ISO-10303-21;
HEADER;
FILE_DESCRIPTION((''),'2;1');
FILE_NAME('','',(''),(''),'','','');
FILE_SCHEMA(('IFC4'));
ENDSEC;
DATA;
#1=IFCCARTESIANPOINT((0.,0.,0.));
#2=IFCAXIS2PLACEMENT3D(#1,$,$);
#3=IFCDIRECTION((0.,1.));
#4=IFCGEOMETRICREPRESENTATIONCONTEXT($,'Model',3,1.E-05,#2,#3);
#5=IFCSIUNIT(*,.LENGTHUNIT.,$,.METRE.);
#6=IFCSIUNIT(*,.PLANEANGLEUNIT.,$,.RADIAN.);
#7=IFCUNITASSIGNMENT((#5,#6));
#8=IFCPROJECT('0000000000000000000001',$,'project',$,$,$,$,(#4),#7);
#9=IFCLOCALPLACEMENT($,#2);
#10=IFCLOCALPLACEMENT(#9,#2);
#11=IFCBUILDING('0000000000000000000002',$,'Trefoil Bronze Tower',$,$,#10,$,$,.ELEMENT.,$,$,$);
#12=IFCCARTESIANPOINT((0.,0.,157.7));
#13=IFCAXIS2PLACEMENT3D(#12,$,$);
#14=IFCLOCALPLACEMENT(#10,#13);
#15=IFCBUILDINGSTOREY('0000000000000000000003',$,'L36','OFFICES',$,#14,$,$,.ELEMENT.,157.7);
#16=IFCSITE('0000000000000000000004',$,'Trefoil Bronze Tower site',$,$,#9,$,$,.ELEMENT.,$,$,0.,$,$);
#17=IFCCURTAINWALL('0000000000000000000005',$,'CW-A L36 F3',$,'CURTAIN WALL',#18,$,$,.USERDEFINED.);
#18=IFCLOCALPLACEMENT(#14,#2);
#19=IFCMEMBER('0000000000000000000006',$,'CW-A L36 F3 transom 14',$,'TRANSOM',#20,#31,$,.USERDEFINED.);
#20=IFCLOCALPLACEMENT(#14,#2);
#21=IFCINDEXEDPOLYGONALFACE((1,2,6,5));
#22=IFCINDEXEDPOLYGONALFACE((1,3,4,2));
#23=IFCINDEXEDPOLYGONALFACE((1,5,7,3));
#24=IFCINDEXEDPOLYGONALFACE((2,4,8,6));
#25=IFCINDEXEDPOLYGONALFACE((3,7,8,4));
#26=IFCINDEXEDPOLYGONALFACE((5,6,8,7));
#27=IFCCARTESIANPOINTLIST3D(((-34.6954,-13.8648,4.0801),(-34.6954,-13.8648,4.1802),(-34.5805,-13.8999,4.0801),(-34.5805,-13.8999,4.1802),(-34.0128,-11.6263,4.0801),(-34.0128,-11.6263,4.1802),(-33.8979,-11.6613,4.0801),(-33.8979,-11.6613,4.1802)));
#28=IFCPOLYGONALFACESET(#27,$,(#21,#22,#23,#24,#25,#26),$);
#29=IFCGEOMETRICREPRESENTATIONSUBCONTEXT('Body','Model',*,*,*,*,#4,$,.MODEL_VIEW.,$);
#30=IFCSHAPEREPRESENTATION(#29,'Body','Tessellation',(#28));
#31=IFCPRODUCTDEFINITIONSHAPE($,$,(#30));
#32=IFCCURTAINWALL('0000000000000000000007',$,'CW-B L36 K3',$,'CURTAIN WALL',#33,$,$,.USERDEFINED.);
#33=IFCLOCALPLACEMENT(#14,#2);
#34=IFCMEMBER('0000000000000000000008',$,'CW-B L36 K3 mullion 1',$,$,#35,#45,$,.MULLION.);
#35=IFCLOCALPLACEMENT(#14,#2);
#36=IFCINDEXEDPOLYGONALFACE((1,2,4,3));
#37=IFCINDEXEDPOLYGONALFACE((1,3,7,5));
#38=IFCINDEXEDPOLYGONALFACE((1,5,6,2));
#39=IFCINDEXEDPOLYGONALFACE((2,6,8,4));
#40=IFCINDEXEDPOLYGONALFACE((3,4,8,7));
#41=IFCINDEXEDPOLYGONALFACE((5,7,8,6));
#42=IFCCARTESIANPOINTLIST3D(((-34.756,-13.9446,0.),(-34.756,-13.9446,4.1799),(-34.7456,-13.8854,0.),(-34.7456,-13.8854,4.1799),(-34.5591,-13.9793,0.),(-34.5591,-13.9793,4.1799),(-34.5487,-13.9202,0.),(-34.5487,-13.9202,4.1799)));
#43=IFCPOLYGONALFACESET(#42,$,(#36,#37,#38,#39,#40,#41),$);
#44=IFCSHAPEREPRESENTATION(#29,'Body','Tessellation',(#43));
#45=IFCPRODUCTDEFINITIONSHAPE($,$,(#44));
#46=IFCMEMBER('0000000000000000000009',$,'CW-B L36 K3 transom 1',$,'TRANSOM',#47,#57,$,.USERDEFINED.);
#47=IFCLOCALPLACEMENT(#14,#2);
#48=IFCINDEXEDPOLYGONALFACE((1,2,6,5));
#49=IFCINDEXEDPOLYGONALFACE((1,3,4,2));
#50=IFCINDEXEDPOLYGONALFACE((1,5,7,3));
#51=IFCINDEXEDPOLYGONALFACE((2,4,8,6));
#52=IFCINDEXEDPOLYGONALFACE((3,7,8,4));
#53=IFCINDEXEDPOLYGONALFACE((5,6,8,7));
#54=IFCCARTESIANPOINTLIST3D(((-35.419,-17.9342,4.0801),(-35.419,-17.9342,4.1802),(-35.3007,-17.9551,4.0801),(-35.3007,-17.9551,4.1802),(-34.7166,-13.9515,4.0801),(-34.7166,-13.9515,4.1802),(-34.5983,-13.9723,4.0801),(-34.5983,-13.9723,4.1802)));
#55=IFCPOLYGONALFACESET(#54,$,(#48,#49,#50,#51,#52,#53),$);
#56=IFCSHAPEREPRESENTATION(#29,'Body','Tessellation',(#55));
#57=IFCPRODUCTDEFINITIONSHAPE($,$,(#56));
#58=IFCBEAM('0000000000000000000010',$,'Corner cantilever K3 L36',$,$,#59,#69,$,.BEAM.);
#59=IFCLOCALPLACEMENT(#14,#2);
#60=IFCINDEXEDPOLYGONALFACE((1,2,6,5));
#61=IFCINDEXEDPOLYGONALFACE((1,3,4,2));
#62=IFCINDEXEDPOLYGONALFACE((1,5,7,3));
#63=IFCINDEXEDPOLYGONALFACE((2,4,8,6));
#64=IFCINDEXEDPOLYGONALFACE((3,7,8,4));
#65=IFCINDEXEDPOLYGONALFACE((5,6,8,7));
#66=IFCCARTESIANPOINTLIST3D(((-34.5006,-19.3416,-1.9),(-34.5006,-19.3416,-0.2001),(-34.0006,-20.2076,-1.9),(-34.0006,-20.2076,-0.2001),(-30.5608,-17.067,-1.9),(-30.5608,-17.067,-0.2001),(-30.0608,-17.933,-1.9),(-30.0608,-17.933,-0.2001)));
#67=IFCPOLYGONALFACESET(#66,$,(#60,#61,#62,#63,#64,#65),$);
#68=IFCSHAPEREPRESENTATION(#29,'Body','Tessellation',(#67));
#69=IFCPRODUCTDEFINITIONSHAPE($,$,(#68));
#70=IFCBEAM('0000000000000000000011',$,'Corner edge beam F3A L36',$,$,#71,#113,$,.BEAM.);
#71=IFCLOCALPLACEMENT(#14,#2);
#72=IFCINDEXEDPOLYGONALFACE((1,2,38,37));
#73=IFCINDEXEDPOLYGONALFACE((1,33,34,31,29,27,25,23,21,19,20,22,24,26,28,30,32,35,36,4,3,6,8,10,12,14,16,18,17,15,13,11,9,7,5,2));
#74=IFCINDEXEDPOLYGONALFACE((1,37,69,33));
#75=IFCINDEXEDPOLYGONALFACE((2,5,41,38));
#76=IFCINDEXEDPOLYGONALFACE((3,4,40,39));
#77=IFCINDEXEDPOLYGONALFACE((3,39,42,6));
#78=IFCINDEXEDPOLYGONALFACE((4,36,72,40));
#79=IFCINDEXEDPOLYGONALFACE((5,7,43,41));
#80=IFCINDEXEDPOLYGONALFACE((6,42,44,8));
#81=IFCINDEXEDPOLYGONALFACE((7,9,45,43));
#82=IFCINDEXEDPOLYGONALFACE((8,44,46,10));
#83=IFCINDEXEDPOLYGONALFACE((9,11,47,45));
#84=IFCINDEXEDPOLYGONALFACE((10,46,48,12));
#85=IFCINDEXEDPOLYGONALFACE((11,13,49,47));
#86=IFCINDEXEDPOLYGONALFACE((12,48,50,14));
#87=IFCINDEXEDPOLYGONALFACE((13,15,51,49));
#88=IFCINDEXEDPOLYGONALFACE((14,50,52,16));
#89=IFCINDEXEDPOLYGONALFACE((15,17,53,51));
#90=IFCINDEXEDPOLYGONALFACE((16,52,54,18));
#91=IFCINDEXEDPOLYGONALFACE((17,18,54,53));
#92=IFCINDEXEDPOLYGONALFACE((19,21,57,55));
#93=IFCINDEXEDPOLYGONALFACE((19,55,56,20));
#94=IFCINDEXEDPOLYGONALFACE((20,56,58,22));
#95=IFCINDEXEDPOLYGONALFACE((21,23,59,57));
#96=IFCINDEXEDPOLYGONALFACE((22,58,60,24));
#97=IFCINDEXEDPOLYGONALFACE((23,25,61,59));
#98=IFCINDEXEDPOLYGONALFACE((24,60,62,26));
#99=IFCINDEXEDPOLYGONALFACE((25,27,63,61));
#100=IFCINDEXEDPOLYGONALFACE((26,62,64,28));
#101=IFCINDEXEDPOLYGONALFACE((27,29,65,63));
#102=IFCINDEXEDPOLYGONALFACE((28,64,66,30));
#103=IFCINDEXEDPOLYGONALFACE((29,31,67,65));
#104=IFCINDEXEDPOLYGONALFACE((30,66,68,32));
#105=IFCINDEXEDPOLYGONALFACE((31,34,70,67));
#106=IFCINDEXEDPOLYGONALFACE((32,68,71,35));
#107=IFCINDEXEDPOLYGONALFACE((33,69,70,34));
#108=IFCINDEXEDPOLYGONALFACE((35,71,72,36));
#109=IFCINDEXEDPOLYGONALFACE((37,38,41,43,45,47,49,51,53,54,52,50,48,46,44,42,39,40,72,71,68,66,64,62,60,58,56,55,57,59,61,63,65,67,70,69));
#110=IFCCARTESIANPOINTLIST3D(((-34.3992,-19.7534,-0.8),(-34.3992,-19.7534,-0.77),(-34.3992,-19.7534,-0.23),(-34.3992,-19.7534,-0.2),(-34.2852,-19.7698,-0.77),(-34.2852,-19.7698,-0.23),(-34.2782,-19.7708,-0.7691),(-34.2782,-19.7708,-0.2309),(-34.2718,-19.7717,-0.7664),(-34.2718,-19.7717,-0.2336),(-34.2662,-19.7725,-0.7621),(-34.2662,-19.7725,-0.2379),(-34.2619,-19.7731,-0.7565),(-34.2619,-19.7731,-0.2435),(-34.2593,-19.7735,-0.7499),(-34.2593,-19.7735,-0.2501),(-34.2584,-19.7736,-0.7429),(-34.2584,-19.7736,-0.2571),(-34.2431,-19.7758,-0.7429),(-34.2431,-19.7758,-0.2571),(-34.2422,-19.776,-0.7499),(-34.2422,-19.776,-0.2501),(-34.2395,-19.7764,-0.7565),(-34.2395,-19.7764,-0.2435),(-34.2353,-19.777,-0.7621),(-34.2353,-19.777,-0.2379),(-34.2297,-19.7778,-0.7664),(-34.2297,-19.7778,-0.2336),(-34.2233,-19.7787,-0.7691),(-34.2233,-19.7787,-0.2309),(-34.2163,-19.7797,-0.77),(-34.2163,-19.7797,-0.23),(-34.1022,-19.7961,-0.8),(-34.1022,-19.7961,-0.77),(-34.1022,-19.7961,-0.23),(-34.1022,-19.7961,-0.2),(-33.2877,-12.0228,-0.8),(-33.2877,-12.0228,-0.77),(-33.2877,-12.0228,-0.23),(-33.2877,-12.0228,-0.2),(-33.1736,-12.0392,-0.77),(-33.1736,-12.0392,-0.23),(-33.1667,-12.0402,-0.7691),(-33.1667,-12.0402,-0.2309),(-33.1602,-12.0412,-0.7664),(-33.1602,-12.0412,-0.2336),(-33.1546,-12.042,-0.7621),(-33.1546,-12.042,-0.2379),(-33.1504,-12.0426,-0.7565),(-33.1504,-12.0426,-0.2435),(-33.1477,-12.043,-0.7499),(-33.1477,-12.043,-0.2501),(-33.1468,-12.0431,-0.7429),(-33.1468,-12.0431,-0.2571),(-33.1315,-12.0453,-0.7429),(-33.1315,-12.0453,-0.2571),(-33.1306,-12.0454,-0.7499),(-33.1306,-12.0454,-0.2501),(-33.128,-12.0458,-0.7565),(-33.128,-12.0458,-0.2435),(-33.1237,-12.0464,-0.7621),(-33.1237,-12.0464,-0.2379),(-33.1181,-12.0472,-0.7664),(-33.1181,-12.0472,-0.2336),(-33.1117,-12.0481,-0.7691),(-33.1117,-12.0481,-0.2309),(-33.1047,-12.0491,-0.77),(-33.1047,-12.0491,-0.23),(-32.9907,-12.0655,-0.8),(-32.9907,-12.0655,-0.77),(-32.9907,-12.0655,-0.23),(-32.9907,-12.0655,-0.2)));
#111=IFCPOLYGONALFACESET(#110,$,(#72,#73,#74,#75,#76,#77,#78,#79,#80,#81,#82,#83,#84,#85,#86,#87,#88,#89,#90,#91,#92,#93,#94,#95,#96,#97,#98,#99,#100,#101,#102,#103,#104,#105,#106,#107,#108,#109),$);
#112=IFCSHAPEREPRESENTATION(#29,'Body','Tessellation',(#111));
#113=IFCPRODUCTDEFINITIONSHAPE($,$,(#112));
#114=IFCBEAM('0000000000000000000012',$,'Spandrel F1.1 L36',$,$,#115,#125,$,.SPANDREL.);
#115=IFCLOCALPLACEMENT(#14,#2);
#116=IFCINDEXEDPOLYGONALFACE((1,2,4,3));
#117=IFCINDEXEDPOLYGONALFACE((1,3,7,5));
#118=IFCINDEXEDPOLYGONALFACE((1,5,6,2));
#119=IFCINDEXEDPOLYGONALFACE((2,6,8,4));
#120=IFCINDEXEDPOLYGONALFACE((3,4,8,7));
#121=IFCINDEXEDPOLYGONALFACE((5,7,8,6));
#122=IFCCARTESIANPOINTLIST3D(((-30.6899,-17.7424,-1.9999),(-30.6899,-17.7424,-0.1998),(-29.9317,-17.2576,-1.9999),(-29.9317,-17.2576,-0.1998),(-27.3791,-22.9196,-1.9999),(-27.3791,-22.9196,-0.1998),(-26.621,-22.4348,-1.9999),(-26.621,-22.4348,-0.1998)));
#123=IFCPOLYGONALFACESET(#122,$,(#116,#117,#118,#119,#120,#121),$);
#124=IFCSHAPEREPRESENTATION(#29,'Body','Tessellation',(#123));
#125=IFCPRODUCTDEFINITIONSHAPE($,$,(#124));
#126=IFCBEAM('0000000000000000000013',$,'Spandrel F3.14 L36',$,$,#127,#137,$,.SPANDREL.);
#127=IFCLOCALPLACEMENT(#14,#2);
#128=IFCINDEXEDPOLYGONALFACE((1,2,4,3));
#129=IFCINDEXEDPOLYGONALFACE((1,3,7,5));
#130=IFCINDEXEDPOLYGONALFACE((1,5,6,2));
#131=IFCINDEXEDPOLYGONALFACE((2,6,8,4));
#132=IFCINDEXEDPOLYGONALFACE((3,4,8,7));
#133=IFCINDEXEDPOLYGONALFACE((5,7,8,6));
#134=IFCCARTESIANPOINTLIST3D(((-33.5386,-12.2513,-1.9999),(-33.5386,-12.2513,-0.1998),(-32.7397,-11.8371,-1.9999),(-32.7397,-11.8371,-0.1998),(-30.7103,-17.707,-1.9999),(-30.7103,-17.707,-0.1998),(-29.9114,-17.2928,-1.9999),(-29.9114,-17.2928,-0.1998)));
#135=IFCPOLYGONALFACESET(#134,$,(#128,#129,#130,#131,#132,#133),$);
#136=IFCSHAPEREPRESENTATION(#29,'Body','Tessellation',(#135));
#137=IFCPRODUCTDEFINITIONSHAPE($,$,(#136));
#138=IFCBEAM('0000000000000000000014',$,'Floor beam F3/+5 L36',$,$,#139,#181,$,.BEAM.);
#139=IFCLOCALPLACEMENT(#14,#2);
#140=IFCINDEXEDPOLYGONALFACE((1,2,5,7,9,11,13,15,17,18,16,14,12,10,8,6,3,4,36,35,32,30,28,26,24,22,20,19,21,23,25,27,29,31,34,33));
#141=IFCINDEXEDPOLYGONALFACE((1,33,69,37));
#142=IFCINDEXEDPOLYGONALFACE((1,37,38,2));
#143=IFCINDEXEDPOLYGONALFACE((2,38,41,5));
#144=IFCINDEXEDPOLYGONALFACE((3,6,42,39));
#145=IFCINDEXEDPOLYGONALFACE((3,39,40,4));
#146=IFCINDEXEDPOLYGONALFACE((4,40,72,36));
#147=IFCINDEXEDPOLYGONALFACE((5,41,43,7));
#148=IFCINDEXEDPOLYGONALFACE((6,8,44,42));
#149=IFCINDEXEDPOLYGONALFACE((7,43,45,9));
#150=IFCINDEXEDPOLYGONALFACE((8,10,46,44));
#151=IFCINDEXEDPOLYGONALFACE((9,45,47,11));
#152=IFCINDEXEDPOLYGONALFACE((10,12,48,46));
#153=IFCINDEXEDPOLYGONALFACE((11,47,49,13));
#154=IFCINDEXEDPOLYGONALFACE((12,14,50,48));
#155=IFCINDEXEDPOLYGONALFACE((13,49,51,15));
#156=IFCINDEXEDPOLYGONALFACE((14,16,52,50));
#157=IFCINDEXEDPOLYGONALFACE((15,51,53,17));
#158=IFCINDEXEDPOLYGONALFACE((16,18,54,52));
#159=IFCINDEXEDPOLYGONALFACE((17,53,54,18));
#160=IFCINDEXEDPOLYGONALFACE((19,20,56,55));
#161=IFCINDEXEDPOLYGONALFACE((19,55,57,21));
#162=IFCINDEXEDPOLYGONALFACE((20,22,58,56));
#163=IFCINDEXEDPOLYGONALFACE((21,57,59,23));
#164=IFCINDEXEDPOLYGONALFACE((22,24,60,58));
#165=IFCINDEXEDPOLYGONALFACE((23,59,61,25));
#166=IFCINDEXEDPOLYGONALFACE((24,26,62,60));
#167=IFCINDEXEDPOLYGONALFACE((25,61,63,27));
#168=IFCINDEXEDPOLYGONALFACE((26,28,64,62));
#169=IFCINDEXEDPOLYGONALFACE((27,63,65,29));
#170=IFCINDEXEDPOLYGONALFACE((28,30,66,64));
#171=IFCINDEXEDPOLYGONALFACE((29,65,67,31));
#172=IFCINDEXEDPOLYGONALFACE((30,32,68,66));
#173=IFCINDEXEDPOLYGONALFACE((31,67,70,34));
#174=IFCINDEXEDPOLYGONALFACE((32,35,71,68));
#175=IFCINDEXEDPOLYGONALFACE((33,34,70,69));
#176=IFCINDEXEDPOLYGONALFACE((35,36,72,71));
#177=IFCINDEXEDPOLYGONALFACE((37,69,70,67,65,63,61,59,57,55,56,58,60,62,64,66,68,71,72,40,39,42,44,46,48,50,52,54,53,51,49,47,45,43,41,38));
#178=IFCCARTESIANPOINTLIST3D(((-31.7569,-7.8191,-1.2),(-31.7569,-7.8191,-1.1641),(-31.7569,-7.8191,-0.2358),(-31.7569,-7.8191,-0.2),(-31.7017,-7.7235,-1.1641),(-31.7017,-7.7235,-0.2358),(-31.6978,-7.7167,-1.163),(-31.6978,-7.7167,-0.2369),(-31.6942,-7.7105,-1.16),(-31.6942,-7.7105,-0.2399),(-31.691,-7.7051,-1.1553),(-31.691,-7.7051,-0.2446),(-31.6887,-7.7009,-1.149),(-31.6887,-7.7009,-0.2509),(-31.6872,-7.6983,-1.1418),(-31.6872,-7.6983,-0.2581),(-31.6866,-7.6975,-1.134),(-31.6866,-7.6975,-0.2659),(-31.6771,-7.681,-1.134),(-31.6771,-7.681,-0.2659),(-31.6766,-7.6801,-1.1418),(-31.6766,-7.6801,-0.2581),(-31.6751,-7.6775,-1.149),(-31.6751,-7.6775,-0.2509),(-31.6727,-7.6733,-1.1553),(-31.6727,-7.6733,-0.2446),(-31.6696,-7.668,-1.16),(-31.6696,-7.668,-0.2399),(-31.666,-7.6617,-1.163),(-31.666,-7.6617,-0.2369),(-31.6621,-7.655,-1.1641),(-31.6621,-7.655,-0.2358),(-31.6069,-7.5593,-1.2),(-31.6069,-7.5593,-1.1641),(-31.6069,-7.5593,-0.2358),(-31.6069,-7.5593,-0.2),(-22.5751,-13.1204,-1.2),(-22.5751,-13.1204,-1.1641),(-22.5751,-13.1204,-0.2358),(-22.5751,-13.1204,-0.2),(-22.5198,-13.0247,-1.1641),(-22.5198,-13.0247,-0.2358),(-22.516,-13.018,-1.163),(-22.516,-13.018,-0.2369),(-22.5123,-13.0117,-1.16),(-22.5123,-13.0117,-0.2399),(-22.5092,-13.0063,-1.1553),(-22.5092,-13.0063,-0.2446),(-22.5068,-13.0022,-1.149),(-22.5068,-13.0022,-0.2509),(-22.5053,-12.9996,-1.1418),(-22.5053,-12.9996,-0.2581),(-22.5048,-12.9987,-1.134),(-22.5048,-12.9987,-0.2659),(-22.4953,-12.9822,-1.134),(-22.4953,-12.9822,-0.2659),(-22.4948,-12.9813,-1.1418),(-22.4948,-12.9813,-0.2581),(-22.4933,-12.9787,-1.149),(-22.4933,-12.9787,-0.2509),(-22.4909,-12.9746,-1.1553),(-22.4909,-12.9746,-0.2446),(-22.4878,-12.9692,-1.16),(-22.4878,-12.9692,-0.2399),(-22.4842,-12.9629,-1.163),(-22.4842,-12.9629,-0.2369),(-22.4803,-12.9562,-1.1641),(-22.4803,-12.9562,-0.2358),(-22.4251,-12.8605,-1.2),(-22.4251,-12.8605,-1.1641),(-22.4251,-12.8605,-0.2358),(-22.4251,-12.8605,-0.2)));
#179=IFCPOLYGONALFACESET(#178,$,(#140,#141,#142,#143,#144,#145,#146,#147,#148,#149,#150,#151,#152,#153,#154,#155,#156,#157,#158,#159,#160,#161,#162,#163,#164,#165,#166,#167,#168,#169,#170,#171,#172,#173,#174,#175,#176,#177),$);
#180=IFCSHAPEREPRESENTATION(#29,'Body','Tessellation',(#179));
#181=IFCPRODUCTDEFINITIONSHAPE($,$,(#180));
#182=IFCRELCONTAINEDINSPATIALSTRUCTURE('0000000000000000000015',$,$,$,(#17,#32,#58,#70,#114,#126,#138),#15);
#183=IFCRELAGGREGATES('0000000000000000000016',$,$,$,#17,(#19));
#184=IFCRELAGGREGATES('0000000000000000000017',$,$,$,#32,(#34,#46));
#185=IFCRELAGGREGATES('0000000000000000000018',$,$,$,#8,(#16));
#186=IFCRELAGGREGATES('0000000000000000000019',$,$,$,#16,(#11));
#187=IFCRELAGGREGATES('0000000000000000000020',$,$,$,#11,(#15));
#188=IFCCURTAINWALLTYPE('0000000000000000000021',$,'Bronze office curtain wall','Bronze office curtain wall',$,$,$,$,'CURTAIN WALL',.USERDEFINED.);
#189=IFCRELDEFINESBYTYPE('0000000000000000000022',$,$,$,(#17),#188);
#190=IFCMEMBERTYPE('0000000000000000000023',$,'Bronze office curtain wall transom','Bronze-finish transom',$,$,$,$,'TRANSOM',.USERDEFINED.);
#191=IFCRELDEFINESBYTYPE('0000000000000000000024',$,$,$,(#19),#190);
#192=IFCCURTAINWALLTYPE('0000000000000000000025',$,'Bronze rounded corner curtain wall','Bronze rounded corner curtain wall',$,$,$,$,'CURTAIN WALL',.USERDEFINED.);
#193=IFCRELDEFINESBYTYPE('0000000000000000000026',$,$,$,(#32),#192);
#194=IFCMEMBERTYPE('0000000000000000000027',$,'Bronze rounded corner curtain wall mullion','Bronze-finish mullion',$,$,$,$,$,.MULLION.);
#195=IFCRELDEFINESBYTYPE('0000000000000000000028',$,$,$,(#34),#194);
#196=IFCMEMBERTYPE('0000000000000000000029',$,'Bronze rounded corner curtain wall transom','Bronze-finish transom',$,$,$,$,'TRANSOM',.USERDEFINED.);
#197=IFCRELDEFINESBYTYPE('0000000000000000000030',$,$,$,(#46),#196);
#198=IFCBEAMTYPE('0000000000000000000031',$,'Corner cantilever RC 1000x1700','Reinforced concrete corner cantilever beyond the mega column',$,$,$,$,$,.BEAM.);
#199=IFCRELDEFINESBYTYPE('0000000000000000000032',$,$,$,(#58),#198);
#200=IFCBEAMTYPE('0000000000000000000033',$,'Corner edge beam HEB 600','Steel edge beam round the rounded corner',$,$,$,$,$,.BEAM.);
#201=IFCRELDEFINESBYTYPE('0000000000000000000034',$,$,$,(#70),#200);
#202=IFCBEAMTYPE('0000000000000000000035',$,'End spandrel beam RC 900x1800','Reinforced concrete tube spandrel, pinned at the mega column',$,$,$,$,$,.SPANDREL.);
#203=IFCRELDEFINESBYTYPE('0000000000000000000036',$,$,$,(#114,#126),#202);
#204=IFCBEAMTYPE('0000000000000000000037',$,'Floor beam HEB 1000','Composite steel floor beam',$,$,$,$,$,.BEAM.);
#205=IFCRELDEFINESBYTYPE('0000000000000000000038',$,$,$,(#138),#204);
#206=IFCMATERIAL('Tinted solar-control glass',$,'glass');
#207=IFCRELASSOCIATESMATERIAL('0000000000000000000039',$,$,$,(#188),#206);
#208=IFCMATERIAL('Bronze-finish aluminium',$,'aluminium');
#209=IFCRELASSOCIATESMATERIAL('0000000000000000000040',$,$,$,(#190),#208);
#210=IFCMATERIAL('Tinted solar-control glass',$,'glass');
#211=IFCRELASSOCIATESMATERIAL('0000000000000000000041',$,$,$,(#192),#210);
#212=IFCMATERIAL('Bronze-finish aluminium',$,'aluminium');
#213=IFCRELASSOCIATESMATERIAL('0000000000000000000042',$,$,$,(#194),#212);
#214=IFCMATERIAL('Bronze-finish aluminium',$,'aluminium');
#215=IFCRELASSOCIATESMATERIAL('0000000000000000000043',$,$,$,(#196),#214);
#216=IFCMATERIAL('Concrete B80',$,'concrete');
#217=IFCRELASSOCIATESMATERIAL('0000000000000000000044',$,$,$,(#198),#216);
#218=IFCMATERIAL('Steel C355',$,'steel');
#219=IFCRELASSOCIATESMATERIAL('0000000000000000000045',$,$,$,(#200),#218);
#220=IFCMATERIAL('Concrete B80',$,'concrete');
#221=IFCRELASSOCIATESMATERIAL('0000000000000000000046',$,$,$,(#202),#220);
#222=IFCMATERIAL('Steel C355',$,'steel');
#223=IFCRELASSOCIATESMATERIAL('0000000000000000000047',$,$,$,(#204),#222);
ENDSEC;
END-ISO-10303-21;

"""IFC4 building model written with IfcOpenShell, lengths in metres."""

from ifc_helpers import new_model, si_unit, direction, frame, origin, origin_2d, place, context, subcontext, project, spatial, rectangle, i_section, extrude, material, material_profile, profile_set, type_object, element, aggregate, save


model = new_model("IFC4")

# Units and contexts
model_context = context("Model", 3, precision=1e-05, world=origin(), true_north=direction((0.0, 1.0)))
body_context = subcontext(model_context, "Body", "Model", "MODEL_VIEW")
ifc_project = project(units=[si_unit("LENGTHUNIT", "METRE"), si_unit("PLANEANGLEUNIT", "RADIAN")], contexts=[model_context])

# Site, building, storey
site_placement = place(None, origin())
site = spatial("IfcSite", under=ifc_project, at=site_placement, Name="Trefoil Bronze Tower site", CompositionType="ELEMENT", RefElevation=0.0)
building_placement = place(site_placement, origin())
building = spatial("IfcBuilding", under=site, at=building_placement, Name="Trefoil Bronze Tower", CompositionType="ELEMENT")
storey_placement = place(building_placement, frame((0.0, 0.0, 157.7)))
storey = spatial("IfcBuildingStorey", under=building, at=storey_placement, Name="L36", Description="OFFICES", CompositionType="ELEMENT", Elevation=157.7)

# Curtain walls, members
ifc_material_1 = material(Name="Tinted solar-control glass", Category="glass")
curtain_wall_type_1 = type_object("IfcCurtainWallType", Name="Bronze office curtain wall", Description="Bronze office curtain wall", ElementType="CURTAIN WALL", PredefinedType="USERDEFINED", material=ifc_material_1)
curtain_wall_1_placement = place(storey_placement, origin())
curtain_wall_1 = element("IfcCurtainWall", 1, at=curtain_wall_1_placement, inside=storey, type_object=curtain_wall_type_1, Name="CW-A L36 F3", ObjectType="CURTAIN WALL", PredefinedType="USERDEFINED")
ifc_material_2 = material(Name="Bronze-finish aluminium", Category="aluminium")
ifc_material_profile_1 = material_profile(ifc_material_2, rectangle(XDim=0.1201, YDim=0.1001, at=origin_2d()), Name="CW-A transom")
ifc_profile_set_1 = profile_set([ifc_material_profile_1], Name="Bronze-finish aluminium")
member_type_1 = type_object("IfcMemberType", Name="Bronze office curtain wall transom", Description="Bronze-finish transom", ElementType="TRANSOM", PredefinedType="USERDEFINED", material=ifc_profile_set_1)
member_1_placement = place(storey_placement, frame((-33.9553, -11.6438, 4.1301), z_axis=(-0.29168, -0.956516, 0.0), x_axis=(0.956516, -0.29168, 0.0)))
member_1 = element("IfcMember", 2, at=member_1_placement, type_object=member_type_1, Name="CW-A L36 F3 transom 14", ObjectType="TRANSOM", PredefinedType="USERDEFINED", context=body_context, shape_type="SweptSolid", body=[
    extrude(rectangle(XDim=0.1201, YDim=0.1001, at=origin_2d()), origin(), (0.0, 0.0, 1.0), 2.3403),
])
ifc_material_3 = material(Name="Tinted solar-control glass", Category="glass")
curtain_wall_type_2 = type_object("IfcCurtainWallType", Name="Bronze rounded corner curtain wall", Description="Bronze rounded corner curtain wall", ElementType="CURTAIN WALL", PredefinedType="USERDEFINED", material=ifc_material_3)
curtain_wall_2_placement = place(storey_placement, origin())
curtain_wall_2 = element("IfcCurtainWall", 3, at=curtain_wall_2_placement, inside=storey, type_object=curtain_wall_type_2, Name="CW-B L36 K3", ObjectType="CURTAIN WALL", PredefinedType="USERDEFINED")
ifc_material_4 = material(Name="Bronze-finish aluminium", Category="aluminium")
ifc_material_profile_2 = material_profile(ifc_material_4, rectangle(XDim=0.2, YDim=0.0601, at=origin_2d()), Name="CW-B mullion")
ifc_profile_set_2 = profile_set([ifc_material_profile_2], Name="Bronze-finish aluminium")
member_type_2 = type_object("IfcMemberType", Name="Bronze rounded corner curtain wall mullion", Description="Bronze-finish mullion", PredefinedType="MULLION", material=ifc_profile_set_2)
member_2_placement = place(storey_placement, frame((-34.6523, -13.9324, 0.0), z_axis=(0.0, 0.0, 1.0), x_axis=(0.984808, -0.173648, 0.0)))
member_2 = element("IfcMember", 4, at=member_2_placement, type_object=member_type_2, Name="CW-B L36 K3 mullion 1", PredefinedType="MULLION", context=body_context, shape_type="SweptSolid", body=[
    extrude(rectangle(XDim=0.2, YDim=0.0601, at=origin_2d()), origin(), (0.0, 0.0, 1.0), 4.1799),
])
ifc_material_5 = material(Name="Bronze-finish aluminium", Category="aluminium")
ifc_material_profile_3 = material_profile(ifc_material_5, rectangle(XDim=0.1201, YDim=0.1001, at=origin_2d()), Name="CW-B transom")
ifc_profile_set_3 = profile_set([ifc_material_profile_3], Name="Bronze-finish aluminium")
member_type_3 = type_object("IfcMemberType", Name="Bronze rounded corner curtain wall transom", Description="Bronze-finish transom", ElementType="TRANSOM", PredefinedType="USERDEFINED", material=ifc_profile_set_3)
member_3_placement = place(storey_placement, frame((-34.6575, -13.9619, 4.1301), z_axis=(-0.173682, -0.984802, 0.0), x_axis=(0.984802, -0.173682, 0.0)))
member_3 = element("IfcMember", 5, at=member_3_placement, type_object=member_type_3, Name="CW-B L36 K3 transom 1", ObjectType="TRANSOM", PredefinedType="USERDEFINED", context=body_context, shape_type="SweptSolid", body=[
    extrude(rectangle(XDim=0.1201, YDim=0.1001, at=origin_2d()), origin(), (0.0, 0.0, 1.0), 4.0442),
])

# Beams
ifc_material_6 = material(Name="Concrete B80", Category="concrete")
ifc_material_profile_4 = material_profile(ifc_material_6, rectangle(XDim=1.0, YDim=1.7, at=origin_2d()), Name="RC 1000x1700")
ifc_profile_set_4 = profile_set([ifc_material_profile_4], Name="Concrete B80")
beam_type_1 = type_object("IfcBeamType", Name="Corner cantilever RC 1000x1700", Description="Reinforced concrete corner cantilever beyond the mega column", PredefinedType="BEAM", material=ifc_profile_set_4)
beam_1_placement = place(storey_placement, frame((-30.3108, -17.5, -1.05), z_axis=(-0.866032, -0.499989, 0.0), x_axis=(0.499989, -0.866032, 0.0)))
element("IfcBeam", 6, at=beam_1_placement, inside=storey, type_object=beam_type_1, Name="Corner cantilever K3 L36", PredefinedType="BEAM", context=body_context, shape_type="SweptSolid", body=[
    extrude(rectangle(XDim=1.0, YDim=1.7, at=origin_2d()), origin(), (0.0, 0.0, 1.0), 4.5493),
])
ifc_material_7 = material(Name="Steel C355", Category="steel")
ifc_material_profile_5 = material_profile(ifc_material_7, i_section(OverallWidth=0.3, OverallDepth=0.6001, WebThickness=0.0154, FlangeThickness=0.03, FilletRadius=0.0271, at=origin_2d()), Name="HEB 600")
ifc_profile_set_5 = profile_set([ifc_material_profile_5], Name="Steel C355")
beam_type_2 = type_object("IfcBeamType", Name="Corner edge beam HEB 600", Description="Steel edge beam round the rounded corner", PredefinedType="BEAM", material=ifc_profile_set_5)
beam_2_placement = place(storey_placement, frame((-33.1392, -12.0442, -0.5), z_axis=(-0.142327, -0.98982, 0.0), x_axis=(0.98982, -0.142327, 0.0)))
element("IfcBeam", 7, at=beam_2_placement, inside=storey, type_object=beam_type_2, Name="Corner edge beam F3A L36", PredefinedType="BEAM", context=body_context, shape_type="SweptSolid", body=[
    extrude(i_section(OverallWidth=0.3, OverallDepth=0.6001, WebThickness=0.0154, FlangeThickness=0.03, FilletRadius=0.0271, at=origin_2d()), origin(), (0.0, 0.0, 1.0), 7.8101),
])
ifc_material_8 = material(Name="Concrete B80", Category="concrete")
ifc_material_profile_6 = material_profile(ifc_material_8, rectangle(XDim=0.8999, YDim=1.8, at=origin_2d()), Name="RC 900x1800")
ifc_profile_set_6 = profile_set([ifc_material_profile_6], Name="Concrete B80")
beam_type_3 = type_object("IfcBeamType", Name="End spandrel beam RC 900x1800", Description="Reinforced concrete tube spandrel, pinned at the mega column", PredefinedType="SPANDREL", material=ifc_profile_set_6)
for number, where, z_axis, x_axis, name in (
    (8, (-30.3108, -17.5, -1.0999), (0.538748, -0.842467, 0.0), (0.842467, 0.538748, 0.0), "Spandrel F1.1 L36"),
    (9, (-33.1392, -12.0442, -1.0999), (0.460244, -0.887792, 0.0), (0.887792, 0.460244, 0.0), "Spandrel F3.14 L36"),
):
    element("IfcBeam", number, at=place(storey_placement, frame(where, z_axis=z_axis, x_axis=x_axis)), inside=storey, type_object=beam_type_3, Name=name, PredefinedType="SPANDREL", context=body_context, shape_type="SweptSolid", body=[
        extrude(rectangle(XDim=0.8999, YDim=1.8, at=origin_2d()), origin(), (0.0, 0.0, 1.0), 6.1453),
    ])
ifc_material_9 = material(Name="Steel C355", Category="steel")
ifc_material_profile_7 = material_profile(ifc_material_9, i_section(OverallWidth=0.3, OverallDepth=1.0, WebThickness=0.019, FlangeThickness=0.0359, FilletRadius=0.03, at=origin_2d()), Name="HEB 1000")
ifc_profile_set_7 = profile_set([ifc_material_profile_7], Name="Steel C355")
beam_type_4 = type_object("IfcBeamType", Name="Floor beam HEB 1000", Description="Composite steel floor beam", PredefinedType="BEAM", material=ifc_profile_set_7)
beam_3_placement = place(storey_placement, frame((-31.6819, -7.6892, -0.7), z_axis=(0.866021, -0.500007, 0.0), x_axis=(0.500007, 0.866021, 0.0)))
element("IfcBeam", 10, at=beam_3_placement, inside=storey, type_object=beam_type_4, Name="Floor beam F3/+5 L36", PredefinedType="BEAM", context=body_context, shape_type="SweptSolid", body=[
    extrude(i_section(OverallWidth=0.3, OverallDepth=1.0, WebThickness=0.019, FlangeThickness=0.0359, FilletRadius=0.03, at=origin_2d()), origin(), (0.0, 0.0, 1.0), 10.6023),
])

aggregate(curtain_wall_1, [member_1])
aggregate(curtain_wall_2, [member_2, member_3])

save(model, "model.ifc")
